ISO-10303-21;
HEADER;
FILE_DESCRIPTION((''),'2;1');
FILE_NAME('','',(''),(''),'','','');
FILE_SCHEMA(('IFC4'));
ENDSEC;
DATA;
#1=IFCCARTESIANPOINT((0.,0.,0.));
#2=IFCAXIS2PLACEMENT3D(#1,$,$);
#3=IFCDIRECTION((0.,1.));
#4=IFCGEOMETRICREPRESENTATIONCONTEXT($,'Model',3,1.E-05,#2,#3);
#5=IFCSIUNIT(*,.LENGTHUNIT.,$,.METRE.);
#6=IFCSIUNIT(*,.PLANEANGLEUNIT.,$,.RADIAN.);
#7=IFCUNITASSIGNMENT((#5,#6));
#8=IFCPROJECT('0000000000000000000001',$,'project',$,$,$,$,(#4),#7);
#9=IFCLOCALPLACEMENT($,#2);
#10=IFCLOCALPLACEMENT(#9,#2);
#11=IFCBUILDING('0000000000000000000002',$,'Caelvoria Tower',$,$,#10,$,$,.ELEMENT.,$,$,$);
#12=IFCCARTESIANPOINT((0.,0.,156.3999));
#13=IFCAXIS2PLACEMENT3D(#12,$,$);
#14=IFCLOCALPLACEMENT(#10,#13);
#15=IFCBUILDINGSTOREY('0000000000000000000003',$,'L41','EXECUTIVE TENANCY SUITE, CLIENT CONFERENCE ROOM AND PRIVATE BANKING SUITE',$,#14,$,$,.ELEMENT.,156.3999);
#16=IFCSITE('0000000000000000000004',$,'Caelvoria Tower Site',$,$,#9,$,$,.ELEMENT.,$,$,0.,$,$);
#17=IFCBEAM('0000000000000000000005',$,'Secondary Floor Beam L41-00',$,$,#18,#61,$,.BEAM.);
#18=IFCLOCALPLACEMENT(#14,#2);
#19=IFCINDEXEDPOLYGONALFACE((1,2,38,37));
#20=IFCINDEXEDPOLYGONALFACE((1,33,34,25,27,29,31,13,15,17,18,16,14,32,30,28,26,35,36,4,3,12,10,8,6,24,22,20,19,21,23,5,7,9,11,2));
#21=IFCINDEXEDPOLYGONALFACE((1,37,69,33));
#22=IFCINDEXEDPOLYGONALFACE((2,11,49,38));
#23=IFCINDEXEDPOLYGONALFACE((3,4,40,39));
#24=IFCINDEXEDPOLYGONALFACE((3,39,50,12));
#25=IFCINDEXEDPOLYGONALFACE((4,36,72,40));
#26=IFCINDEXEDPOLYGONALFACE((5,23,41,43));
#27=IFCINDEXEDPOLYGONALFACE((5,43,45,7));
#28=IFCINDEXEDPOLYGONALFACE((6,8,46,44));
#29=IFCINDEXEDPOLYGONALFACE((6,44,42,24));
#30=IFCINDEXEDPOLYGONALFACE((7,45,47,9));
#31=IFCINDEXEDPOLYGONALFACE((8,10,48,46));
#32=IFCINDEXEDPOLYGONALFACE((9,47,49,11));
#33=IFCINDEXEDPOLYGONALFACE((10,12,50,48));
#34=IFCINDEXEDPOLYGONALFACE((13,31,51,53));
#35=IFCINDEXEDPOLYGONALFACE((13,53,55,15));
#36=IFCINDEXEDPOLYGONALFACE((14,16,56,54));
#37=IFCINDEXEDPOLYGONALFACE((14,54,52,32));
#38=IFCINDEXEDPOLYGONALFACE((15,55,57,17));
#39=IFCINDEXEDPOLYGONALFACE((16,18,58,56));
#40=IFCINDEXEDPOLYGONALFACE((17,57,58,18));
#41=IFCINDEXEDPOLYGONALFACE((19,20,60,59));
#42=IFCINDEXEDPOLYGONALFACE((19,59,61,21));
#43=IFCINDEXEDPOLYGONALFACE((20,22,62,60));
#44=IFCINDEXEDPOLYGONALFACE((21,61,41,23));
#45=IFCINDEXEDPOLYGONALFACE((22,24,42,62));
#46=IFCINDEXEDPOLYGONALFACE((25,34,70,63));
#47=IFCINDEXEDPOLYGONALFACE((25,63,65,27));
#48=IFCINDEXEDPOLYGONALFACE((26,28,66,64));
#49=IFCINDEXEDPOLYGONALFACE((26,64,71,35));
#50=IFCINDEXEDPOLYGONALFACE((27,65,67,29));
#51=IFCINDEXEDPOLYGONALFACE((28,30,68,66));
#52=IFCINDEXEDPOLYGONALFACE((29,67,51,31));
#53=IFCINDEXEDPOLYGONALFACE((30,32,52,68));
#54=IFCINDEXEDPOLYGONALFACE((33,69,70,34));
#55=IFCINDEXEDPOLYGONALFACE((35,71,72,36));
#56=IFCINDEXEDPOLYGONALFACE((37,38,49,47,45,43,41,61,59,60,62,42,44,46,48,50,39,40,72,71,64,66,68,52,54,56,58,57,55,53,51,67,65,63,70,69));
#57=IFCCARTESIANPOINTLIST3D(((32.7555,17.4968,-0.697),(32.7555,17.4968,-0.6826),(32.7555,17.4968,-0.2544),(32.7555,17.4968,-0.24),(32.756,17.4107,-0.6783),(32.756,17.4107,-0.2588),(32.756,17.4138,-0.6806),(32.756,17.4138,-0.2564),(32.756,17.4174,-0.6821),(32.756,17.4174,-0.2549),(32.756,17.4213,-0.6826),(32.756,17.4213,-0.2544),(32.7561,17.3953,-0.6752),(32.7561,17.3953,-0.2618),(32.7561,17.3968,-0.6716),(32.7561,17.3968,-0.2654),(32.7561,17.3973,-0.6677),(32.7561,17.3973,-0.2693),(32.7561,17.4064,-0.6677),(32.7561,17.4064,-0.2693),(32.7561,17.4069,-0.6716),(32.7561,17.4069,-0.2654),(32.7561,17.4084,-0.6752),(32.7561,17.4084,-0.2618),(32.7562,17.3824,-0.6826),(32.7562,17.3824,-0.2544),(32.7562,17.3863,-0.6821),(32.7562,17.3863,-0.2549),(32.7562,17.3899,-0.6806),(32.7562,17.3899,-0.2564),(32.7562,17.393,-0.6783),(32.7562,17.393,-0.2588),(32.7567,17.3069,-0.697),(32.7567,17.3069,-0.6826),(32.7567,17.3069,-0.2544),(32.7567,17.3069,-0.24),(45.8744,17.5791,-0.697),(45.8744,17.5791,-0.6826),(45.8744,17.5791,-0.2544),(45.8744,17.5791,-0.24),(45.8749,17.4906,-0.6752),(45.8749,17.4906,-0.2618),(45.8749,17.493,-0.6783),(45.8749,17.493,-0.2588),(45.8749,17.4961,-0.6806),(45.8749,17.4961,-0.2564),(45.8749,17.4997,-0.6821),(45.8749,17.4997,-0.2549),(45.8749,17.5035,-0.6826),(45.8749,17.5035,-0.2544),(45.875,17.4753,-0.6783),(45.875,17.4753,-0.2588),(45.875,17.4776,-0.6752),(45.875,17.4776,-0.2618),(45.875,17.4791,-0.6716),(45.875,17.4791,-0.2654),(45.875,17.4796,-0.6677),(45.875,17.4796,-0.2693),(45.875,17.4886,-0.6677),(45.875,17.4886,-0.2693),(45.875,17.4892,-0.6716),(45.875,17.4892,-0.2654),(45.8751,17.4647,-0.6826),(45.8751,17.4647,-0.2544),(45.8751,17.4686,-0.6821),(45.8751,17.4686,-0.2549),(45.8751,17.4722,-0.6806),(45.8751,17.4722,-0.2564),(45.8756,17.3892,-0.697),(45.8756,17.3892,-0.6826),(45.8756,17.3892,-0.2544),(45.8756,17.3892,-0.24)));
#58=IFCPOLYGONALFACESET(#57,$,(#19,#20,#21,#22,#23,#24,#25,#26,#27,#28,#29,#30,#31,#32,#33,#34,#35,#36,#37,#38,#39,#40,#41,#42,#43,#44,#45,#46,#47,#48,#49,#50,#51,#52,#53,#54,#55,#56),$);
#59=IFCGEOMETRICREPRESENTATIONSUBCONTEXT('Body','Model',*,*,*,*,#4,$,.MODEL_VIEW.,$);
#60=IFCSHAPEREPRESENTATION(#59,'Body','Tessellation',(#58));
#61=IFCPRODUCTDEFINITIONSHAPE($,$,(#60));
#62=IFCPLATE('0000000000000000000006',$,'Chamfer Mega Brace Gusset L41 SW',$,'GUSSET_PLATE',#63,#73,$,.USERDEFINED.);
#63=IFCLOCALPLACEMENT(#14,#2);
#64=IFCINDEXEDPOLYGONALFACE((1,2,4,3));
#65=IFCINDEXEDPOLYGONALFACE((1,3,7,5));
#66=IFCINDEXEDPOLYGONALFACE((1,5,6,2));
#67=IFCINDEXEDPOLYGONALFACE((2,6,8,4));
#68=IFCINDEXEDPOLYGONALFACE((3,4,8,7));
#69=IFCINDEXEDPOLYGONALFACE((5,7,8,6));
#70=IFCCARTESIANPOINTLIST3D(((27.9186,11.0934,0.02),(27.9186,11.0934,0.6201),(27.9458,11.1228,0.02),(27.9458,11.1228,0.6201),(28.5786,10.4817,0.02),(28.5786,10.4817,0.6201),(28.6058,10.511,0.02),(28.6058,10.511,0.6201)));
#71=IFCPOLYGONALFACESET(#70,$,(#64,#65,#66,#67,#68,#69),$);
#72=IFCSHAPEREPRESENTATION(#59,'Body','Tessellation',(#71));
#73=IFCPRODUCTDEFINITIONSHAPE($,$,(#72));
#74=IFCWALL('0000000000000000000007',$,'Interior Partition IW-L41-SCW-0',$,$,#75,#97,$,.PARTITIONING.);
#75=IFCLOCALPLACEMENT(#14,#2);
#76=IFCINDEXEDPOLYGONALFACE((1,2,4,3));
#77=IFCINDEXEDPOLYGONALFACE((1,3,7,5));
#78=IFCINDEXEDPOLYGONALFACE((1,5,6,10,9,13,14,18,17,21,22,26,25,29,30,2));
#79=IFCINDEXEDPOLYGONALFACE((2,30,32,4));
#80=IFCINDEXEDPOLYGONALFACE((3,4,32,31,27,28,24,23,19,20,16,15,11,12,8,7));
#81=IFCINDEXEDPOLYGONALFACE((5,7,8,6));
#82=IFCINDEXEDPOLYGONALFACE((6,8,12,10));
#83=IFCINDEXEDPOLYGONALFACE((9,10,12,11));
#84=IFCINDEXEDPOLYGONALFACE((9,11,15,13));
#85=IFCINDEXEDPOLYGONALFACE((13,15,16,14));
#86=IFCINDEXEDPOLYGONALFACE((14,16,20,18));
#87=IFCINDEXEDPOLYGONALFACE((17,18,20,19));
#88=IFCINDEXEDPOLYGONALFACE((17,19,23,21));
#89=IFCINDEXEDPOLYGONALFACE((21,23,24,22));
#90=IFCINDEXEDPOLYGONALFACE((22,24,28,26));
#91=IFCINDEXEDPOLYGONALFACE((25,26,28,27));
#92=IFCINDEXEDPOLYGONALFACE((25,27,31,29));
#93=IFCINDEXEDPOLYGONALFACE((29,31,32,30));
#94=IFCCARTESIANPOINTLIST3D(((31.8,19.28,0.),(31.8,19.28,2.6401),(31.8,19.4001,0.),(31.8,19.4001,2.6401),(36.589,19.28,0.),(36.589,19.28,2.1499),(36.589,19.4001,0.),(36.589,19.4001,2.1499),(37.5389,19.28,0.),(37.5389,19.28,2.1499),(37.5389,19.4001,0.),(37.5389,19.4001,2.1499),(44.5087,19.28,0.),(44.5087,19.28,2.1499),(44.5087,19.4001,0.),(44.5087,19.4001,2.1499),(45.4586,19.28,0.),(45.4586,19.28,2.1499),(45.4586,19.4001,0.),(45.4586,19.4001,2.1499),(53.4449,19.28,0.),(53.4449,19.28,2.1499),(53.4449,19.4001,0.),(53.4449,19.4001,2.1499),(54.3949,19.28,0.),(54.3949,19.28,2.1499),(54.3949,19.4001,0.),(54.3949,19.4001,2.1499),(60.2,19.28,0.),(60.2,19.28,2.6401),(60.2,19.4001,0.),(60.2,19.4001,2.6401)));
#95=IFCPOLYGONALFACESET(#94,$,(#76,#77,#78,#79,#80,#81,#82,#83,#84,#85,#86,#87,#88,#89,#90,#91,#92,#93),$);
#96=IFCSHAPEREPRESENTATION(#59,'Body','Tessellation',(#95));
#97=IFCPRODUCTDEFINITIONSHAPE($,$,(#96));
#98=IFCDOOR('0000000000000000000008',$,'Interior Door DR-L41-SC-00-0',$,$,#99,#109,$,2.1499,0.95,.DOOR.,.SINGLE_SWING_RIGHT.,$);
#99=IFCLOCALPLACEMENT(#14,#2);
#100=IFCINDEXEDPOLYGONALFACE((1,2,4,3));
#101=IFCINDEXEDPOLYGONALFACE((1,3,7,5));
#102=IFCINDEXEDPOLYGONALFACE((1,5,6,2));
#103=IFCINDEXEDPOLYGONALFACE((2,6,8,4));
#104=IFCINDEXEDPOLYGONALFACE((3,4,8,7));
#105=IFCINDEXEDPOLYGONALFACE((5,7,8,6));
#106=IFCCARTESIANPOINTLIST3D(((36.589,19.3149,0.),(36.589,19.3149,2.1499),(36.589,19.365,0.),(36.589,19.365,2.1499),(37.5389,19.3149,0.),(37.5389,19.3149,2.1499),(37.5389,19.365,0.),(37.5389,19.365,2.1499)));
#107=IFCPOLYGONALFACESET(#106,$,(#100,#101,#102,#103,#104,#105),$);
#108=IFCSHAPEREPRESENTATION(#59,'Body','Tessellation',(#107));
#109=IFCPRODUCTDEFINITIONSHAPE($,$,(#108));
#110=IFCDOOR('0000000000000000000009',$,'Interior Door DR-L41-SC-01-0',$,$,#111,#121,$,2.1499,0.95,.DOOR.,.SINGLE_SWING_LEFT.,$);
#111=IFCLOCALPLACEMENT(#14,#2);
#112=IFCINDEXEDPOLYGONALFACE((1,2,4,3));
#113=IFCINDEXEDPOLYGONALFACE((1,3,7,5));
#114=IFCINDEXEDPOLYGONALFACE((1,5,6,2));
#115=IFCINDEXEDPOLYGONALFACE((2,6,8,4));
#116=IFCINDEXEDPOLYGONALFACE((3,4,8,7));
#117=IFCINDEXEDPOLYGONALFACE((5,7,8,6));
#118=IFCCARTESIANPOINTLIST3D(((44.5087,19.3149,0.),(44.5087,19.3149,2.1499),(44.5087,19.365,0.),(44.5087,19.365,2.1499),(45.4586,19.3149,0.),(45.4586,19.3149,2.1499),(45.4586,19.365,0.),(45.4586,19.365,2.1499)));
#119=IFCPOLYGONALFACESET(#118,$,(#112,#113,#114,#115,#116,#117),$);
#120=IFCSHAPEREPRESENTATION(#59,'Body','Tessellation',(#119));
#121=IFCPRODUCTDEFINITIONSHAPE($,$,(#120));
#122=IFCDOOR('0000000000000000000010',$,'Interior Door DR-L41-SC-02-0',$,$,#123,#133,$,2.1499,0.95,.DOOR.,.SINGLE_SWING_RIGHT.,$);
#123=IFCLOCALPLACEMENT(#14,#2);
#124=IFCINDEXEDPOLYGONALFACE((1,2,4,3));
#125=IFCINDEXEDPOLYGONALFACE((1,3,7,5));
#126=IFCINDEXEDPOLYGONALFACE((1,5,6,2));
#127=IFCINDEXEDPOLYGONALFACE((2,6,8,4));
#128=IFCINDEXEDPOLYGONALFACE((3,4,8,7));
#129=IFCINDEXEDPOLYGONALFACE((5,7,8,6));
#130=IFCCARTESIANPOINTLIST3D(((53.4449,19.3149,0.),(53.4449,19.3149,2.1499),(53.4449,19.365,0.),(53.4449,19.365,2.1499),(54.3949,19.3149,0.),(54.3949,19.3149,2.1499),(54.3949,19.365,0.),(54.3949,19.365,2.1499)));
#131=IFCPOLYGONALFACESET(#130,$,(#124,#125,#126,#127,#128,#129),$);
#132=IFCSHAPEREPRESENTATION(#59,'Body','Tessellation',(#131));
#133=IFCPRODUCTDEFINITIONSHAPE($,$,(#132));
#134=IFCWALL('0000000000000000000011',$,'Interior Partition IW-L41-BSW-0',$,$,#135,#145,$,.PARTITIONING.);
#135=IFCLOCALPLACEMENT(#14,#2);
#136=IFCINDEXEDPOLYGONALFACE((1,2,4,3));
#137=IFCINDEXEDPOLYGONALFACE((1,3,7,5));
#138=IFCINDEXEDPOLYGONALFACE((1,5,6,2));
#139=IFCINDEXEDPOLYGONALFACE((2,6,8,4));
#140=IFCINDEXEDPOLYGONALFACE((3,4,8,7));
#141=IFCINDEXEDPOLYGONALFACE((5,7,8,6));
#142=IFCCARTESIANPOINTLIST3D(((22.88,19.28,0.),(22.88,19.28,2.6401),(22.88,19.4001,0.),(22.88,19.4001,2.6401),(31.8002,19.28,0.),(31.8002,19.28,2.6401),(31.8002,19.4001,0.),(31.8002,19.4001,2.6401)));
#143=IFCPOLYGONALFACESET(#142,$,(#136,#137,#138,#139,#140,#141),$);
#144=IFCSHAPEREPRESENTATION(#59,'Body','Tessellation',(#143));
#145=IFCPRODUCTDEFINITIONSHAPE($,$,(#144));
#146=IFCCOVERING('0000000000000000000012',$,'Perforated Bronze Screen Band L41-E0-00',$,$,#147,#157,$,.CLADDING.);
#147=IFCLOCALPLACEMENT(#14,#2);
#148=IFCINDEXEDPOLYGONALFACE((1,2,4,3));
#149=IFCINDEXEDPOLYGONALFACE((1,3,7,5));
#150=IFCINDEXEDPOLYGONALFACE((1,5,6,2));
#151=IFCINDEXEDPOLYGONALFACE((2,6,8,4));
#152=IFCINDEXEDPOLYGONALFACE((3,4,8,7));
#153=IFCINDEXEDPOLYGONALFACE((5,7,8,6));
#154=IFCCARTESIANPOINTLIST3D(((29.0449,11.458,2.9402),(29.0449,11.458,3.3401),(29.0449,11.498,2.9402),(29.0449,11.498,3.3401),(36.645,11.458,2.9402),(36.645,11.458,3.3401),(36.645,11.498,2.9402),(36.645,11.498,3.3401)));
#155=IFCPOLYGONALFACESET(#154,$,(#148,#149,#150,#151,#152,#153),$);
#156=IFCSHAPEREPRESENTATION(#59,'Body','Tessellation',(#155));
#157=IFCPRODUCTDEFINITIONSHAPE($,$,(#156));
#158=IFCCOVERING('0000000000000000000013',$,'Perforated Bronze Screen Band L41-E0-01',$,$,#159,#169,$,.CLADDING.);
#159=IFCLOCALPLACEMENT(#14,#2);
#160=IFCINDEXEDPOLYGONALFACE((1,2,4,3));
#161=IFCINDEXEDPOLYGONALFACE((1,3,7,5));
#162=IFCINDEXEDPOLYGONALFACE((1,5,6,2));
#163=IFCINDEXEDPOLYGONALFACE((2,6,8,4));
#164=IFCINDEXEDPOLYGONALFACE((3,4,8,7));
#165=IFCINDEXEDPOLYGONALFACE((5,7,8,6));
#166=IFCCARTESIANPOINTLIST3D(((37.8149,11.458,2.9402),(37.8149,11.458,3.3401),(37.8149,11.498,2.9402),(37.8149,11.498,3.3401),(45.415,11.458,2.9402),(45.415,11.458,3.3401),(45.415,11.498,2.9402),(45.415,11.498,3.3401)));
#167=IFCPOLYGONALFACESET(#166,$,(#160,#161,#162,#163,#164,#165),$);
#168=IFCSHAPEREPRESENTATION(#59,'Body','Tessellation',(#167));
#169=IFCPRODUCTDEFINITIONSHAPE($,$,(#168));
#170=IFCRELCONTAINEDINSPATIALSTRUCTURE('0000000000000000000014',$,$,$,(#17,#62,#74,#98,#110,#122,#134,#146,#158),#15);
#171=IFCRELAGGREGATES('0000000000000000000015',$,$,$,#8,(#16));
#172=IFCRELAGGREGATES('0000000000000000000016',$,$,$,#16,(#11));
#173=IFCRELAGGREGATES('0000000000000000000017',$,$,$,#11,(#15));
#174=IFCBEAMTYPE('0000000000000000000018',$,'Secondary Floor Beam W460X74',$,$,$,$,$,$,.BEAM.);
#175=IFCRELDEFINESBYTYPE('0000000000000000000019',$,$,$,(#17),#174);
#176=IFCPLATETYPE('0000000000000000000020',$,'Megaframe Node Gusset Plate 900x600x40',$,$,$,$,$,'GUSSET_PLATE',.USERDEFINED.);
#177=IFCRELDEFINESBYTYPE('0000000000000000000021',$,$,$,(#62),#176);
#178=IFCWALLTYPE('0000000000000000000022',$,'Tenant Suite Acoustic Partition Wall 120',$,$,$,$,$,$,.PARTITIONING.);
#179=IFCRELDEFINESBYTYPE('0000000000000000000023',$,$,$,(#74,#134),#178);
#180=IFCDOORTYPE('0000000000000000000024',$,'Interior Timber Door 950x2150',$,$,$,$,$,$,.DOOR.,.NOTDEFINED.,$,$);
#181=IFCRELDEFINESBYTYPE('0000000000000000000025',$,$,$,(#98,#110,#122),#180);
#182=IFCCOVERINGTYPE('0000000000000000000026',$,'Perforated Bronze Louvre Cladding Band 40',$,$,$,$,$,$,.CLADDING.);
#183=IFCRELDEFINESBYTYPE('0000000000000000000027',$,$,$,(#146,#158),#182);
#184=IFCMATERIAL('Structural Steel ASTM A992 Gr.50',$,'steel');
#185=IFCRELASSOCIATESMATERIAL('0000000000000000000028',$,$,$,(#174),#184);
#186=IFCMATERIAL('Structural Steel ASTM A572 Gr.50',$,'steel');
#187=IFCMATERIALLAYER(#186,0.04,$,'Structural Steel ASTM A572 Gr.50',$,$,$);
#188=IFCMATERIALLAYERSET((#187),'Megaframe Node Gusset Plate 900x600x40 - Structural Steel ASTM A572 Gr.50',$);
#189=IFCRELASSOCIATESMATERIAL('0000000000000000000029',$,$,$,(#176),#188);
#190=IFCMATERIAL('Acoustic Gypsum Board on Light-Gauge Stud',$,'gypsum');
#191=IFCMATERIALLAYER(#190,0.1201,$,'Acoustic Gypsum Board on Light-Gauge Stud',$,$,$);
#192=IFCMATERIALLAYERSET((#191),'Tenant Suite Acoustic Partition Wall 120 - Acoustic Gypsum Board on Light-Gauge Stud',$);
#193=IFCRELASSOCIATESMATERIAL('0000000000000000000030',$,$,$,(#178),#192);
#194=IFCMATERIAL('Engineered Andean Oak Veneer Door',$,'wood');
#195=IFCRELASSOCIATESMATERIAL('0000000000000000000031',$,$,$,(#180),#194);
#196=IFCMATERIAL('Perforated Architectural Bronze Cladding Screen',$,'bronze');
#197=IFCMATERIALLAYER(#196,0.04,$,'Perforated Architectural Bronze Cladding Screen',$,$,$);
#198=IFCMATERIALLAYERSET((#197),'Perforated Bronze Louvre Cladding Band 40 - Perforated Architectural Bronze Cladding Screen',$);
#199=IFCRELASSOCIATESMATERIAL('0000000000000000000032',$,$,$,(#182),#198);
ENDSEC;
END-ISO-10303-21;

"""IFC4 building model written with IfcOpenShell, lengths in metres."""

from ifc_helpers import new_model, si_unit, direction, frame, frame_2d, origin, origin_2d, place, context, subcontext, project, spatial, rectangle, i_section, extrude, material, layer, layer_set, material_profile, profile_set, type_object, element, fill, save


model = new_model("IFC4")

# Units and contexts
model_context = context("Model", 3, precision=1e-05, world=origin(), true_north=direction((0.0, 1.0)))
body_context = subcontext(model_context, "Body", "Model", "MODEL_VIEW")
ifc_project = project(units=[si_unit("LENGTHUNIT", "METRE"), si_unit("PLANEANGLEUNIT", "RADIAN")], contexts=[model_context])

# Site, building, storey
site_placement = place(None, origin())
site = spatial("IfcSite", under=ifc_project, at=site_placement, Name="Caelvoria Tower Site", CompositionType="ELEMENT", RefElevation=0.0)
building_placement = place(site_placement, origin())
building = spatial("IfcBuilding", under=site, at=building_placement, Name="Caelvoria Tower", CompositionType="ELEMENT")
storey_placement = place(building_placement, frame((0.0, 0.0, 156.3999)))
storey = spatial("IfcBuildingStorey", under=building, at=storey_placement, Name="L41", Description="EXECUTIVE TENANCY SUITE, CLIENT CONFERENCE ROOM AND PRIVATE BANKING SUITE", CompositionType="ELEMENT", Elevation=156.3999)

# Beam
ifc_material_1 = material(Name="Structural Steel ASTM A992 Gr.50", Category="steel")
ifc_material_profile = material_profile(ifc_material_1, i_section(OverallWidth=0.1899, OverallDepth=0.457, WebThickness=0.009, FlangeThickness=0.0144, FilletRadius=0.0149, at=origin_2d()), Name="Structural Steel ASTM A992 Gr.50")
ifc_profile_set = profile_set([ifc_material_profile], Name="W460X74 - Structural Steel ASTM A992 Gr.50")
beam_type = type_object("IfcBeamType", Name="Secondary Floor Beam W460X74", PredefinedType="BEAM", material=ifc_profile_set)
beam_placement = place(storey_placement, frame((32.7561, 17.4019, -0.4685), z_axis=(0.99998, 0.006271, 0.0), x_axis=(-0.006271, 0.99998, 0.0)))
element("IfcBeam", 1, at=beam_placement, inside=storey, type_object=beam_type, Name="Secondary Floor Beam L41-00", PredefinedType="BEAM", context=body_context, shape_type="SweptSolid", body=[
    extrude(i_section(OverallWidth=0.1899, OverallDepth=0.457, WebThickness=0.009, FlangeThickness=0.0144, FilletRadius=0.0149, at=origin_2d()), origin(), (0.0, 0.0, 1.0), 13.1191),
])

# Plate
ifc_material_2 = material(Name="Structural Steel ASTM A572 Gr.50", Category="steel")
ifc_layer_1 = layer(ifc_material_2, 0.04, Name="Structural Steel ASTM A572 Gr.50")
ifc_layer_set_1 = layer_set([ifc_layer_1], Name="Megaframe Node Gusset Plate 900x600x40 - Structural Steel ASTM A572 Gr.50")
plate_type = type_object("IfcPlateType", Name="Megaframe Node Gusset Plate 900x600x40", ElementType="GUSSET_PLATE", PredefinedType="USERDEFINED", material=ifc_layer_set_1)
plate_placement = place(storey_placement, frame((28.2622, 10.8022, 0.02), z_axis=(0.0, 0.0, 1.0), x_axis=(-0.733388, 0.67981, 0.0)))
element("IfcPlate", 2, at=plate_placement, inside=storey, type_object=plate_type, Name="Chamfer Mega Brace Gusset L41 SW", ObjectType="GUSSET_PLATE", PredefinedType="USERDEFINED", context=body_context, shape_type="SweptSolid", body=[
    extrude(rectangle(XDim=0.8999, YDim=0.04, at=origin_2d()), origin(), (0.0, 0.0, 1.0), 0.6001),
])

# Wall, openings, doors
ifc_material_3 = material(Name="Acoustic Gypsum Board on Light-Gauge Stud", Category="gypsum")
ifc_layer_2 = layer(ifc_material_3, 0.1201, Name="Acoustic Gypsum Board on Light-Gauge Stud")
ifc_layer_set_2 = layer_set([ifc_layer_2], Name="Tenant Suite Acoustic Partition Wall 120 - Acoustic Gypsum Board on Light-Gauge Stud")
wall_type = type_object("IfcWallType", Name="Tenant Suite Acoustic Partition Wall 120", PredefinedType="PARTITIONING", material=ifc_layer_set_2)
wall_1_placement = place(storey_placement, frame((31.8, 19.3401, 0.0), z_axis=(0.0, 0.0, 1.0), x_axis=(1.0, 0.0, 0.0)))
wall_1 = element("IfcWall", 3, at=wall_1_placement, inside=storey, type_object=wall_type, Name="Interior Partition IW-L41-SCW-0", PredefinedType="PARTITIONING", context=body_context, shape_type="SweptSolid", body=[
    extrude(rectangle(XDim=28.3999, YDim=0.1201, at=frame_2d((14.2, 0.0))), origin(), (0.0, 0.0, 1.0), 2.6401),
])
opening_1_placement = place(wall_1_placement, frame((4.7888, 0.0, 0.0)))
opening_1 = element("IfcOpeningElement", 4, at=opening_1_placement, cuts=wall_1, PredefinedType="OPENING", context=body_context, shape_type="SweptSolid", body=[
    extrude(rectangle(XDim=0.95, YDim=2.1499, at=frame_2d((0.4751, 1.075))), frame((0.0, 0.0701, 0.0), z_axis=(0.0, -1.0, 0.0), x_axis=(1.0, 0.0, 0.0)), (0.0, 0.0, 1.0), 0.1401),
])
opening_2_placement = place(wall_1_placement, frame((12.7085, 0.0, 0.0)))
opening_2 = element("IfcOpeningElement", 5, at=opening_2_placement, cuts=wall_1, PredefinedType="OPENING", context=body_context, shape_type="SweptSolid", body=[
    extrude(rectangle(XDim=0.95, YDim=2.1499, at=frame_2d((0.4751, 1.075))), frame((0.0, 0.0701, 0.0), z_axis=(0.0, -1.0, 0.0), x_axis=(1.0, 0.0, 0.0)), (0.0, 0.0, 1.0), 0.1401),
])
opening_3_placement = place(wall_1_placement, frame((21.6448, 0.0, 0.0)))
opening_3 = element("IfcOpeningElement", 6, at=opening_3_placement, cuts=wall_1, PredefinedType="OPENING", context=body_context, shape_type="SweptSolid", body=[
    extrude(rectangle(XDim=0.95, YDim=2.1499, at=frame_2d((0.4751, 1.075))), frame((0.0, 0.0701, 0.0), z_axis=(0.0, -1.0, 0.0), x_axis=(1.0, 0.0, 0.0)), (0.0, 0.0, 1.0), 0.1401),
])
ifc_material_4 = material(Name="Engineered Andean Oak Veneer Door", Category="wood")
door_type = type_object("IfcDoorType", Name="Interior Timber Door 950x2150", OperationType="NOTDEFINED", PredefinedType="DOOR", material=ifc_material_4)
door_1_placement = place(opening_1_placement, origin())
door_1 = element("IfcDoor", 7, at=door_1_placement, inside=storey, type_object=door_type, Name="Interior Door DR-L41-SC-00-0", OperationType="SINGLE_SWING_RIGHT", OverallHeight=2.1499, OverallWidth=0.95, PredefinedType="DOOR", context=body_context, shape_type="SweptSolid", body=[
    extrude(rectangle(XDim=0.95, YDim=2.1499, at=frame_2d((0.4751, 1.075))), frame((0.0, 0.0249, 0.0), z_axis=(0.0, -1.0, 0.0), x_axis=(1.0, 0.0, 0.0)), (0.0, 0.0, 1.0), 0.05),
])
fill(opening_1, door_1)
door_2_placement = place(opening_2_placement, origin())
door_2 = element("IfcDoor", 8, at=door_2_placement, inside=storey, type_object=door_type, Name="Interior Door DR-L41-SC-01-0", OperationType="SINGLE_SWING_LEFT", OverallHeight=2.1499, OverallWidth=0.95, PredefinedType="DOOR", context=body_context, shape_type="SweptSolid", body=[
    extrude(rectangle(XDim=0.95, YDim=2.1499, at=frame_2d((0.4751, 1.075))), frame((0.0, 0.0249, 0.0), z_axis=(0.0, -1.0, 0.0), x_axis=(1.0, 0.0, 0.0)), (0.0, 0.0, 1.0), 0.05),
])
fill(opening_2, door_2)
door_3_placement = place(opening_3_placement, origin())
door_3 = element("IfcDoor", 9, at=door_3_placement, inside=storey, type_object=door_type, Name="Interior Door DR-L41-SC-02-0", OperationType="SINGLE_SWING_RIGHT", OverallHeight=2.1499, OverallWidth=0.95, PredefinedType="DOOR", context=body_context, shape_type="SweptSolid", body=[
    extrude(rectangle(XDim=0.95, YDim=2.1499, at=frame_2d((0.4751, 1.075))), frame((0.0, 0.0249, 0.0), z_axis=(0.0, -1.0, 0.0), x_axis=(1.0, 0.0, 0.0)), (0.0, 0.0, 1.0), 0.05),
])
fill(opening_3, door_3)

# Wall
wall_2_placement = place(storey_placement, frame((31.8, 19.3401, 0.0), z_axis=(0.0, 0.0, 1.0), x_axis=(-1.0, 0.0, 0.0)))
element("IfcWall", 10, at=wall_2_placement, inside=storey, type_object=wall_type, Name="Interior Partition IW-L41-BSW-0", PredefinedType="PARTITIONING", context=body_context, shape_type="SweptSolid", body=[
    extrude(rectangle(XDim=8.9202, YDim=0.1201, at=frame_2d((4.46, 0.0))), origin(), (0.0, 0.0, 1.0), 2.6401),
])

# Coverings
ifc_material_5 = material(Name="Perforated Architectural Bronze Cladding Screen", Category="bronze")
ifc_layer_3 = layer(ifc_material_5, 0.04, Name="Perforated Architectural Bronze Cladding Screen")
ifc_layer_set_3 = layer_set([ifc_layer_3], Name="Perforated Bronze Louvre Cladding Band 40 - Perforated Architectural Bronze Cladding Screen")
covering_type = type_object("IfcCoveringType", Name="Perforated Bronze Louvre Cladding Band 40", PredefinedType="CLADDING", material=ifc_layer_set_3)
for number, where, z_axis, x_axis, name in (
    (11, (32.845, 11.478, 2.9402), (0.0, 0.0, 1.0), (1.0, 0.0, 0.0), "Perforated Bronze Screen Band L41-E0-00"),
    (12, (41.615, 11.478, 2.9402), (0.0, 0.0, 1.0), (1.0, 0.0, 0.0), "Perforated Bronze Screen Band L41-E0-01"),
):
    element("IfcCovering", number, at=place(storey_placement, frame(where, z_axis=z_axis, x_axis=x_axis)), inside=storey, type_object=covering_type, Name=name, PredefinedType="CLADDING", context=body_context, shape_type="SweptSolid", body=[
        extrude(rectangle(XDim=7.6001, YDim=0.04, at=origin_2d()), origin(), (0.0, 0.0, 1.0), 0.3999),
    ])

save(model, "model.ifc")
